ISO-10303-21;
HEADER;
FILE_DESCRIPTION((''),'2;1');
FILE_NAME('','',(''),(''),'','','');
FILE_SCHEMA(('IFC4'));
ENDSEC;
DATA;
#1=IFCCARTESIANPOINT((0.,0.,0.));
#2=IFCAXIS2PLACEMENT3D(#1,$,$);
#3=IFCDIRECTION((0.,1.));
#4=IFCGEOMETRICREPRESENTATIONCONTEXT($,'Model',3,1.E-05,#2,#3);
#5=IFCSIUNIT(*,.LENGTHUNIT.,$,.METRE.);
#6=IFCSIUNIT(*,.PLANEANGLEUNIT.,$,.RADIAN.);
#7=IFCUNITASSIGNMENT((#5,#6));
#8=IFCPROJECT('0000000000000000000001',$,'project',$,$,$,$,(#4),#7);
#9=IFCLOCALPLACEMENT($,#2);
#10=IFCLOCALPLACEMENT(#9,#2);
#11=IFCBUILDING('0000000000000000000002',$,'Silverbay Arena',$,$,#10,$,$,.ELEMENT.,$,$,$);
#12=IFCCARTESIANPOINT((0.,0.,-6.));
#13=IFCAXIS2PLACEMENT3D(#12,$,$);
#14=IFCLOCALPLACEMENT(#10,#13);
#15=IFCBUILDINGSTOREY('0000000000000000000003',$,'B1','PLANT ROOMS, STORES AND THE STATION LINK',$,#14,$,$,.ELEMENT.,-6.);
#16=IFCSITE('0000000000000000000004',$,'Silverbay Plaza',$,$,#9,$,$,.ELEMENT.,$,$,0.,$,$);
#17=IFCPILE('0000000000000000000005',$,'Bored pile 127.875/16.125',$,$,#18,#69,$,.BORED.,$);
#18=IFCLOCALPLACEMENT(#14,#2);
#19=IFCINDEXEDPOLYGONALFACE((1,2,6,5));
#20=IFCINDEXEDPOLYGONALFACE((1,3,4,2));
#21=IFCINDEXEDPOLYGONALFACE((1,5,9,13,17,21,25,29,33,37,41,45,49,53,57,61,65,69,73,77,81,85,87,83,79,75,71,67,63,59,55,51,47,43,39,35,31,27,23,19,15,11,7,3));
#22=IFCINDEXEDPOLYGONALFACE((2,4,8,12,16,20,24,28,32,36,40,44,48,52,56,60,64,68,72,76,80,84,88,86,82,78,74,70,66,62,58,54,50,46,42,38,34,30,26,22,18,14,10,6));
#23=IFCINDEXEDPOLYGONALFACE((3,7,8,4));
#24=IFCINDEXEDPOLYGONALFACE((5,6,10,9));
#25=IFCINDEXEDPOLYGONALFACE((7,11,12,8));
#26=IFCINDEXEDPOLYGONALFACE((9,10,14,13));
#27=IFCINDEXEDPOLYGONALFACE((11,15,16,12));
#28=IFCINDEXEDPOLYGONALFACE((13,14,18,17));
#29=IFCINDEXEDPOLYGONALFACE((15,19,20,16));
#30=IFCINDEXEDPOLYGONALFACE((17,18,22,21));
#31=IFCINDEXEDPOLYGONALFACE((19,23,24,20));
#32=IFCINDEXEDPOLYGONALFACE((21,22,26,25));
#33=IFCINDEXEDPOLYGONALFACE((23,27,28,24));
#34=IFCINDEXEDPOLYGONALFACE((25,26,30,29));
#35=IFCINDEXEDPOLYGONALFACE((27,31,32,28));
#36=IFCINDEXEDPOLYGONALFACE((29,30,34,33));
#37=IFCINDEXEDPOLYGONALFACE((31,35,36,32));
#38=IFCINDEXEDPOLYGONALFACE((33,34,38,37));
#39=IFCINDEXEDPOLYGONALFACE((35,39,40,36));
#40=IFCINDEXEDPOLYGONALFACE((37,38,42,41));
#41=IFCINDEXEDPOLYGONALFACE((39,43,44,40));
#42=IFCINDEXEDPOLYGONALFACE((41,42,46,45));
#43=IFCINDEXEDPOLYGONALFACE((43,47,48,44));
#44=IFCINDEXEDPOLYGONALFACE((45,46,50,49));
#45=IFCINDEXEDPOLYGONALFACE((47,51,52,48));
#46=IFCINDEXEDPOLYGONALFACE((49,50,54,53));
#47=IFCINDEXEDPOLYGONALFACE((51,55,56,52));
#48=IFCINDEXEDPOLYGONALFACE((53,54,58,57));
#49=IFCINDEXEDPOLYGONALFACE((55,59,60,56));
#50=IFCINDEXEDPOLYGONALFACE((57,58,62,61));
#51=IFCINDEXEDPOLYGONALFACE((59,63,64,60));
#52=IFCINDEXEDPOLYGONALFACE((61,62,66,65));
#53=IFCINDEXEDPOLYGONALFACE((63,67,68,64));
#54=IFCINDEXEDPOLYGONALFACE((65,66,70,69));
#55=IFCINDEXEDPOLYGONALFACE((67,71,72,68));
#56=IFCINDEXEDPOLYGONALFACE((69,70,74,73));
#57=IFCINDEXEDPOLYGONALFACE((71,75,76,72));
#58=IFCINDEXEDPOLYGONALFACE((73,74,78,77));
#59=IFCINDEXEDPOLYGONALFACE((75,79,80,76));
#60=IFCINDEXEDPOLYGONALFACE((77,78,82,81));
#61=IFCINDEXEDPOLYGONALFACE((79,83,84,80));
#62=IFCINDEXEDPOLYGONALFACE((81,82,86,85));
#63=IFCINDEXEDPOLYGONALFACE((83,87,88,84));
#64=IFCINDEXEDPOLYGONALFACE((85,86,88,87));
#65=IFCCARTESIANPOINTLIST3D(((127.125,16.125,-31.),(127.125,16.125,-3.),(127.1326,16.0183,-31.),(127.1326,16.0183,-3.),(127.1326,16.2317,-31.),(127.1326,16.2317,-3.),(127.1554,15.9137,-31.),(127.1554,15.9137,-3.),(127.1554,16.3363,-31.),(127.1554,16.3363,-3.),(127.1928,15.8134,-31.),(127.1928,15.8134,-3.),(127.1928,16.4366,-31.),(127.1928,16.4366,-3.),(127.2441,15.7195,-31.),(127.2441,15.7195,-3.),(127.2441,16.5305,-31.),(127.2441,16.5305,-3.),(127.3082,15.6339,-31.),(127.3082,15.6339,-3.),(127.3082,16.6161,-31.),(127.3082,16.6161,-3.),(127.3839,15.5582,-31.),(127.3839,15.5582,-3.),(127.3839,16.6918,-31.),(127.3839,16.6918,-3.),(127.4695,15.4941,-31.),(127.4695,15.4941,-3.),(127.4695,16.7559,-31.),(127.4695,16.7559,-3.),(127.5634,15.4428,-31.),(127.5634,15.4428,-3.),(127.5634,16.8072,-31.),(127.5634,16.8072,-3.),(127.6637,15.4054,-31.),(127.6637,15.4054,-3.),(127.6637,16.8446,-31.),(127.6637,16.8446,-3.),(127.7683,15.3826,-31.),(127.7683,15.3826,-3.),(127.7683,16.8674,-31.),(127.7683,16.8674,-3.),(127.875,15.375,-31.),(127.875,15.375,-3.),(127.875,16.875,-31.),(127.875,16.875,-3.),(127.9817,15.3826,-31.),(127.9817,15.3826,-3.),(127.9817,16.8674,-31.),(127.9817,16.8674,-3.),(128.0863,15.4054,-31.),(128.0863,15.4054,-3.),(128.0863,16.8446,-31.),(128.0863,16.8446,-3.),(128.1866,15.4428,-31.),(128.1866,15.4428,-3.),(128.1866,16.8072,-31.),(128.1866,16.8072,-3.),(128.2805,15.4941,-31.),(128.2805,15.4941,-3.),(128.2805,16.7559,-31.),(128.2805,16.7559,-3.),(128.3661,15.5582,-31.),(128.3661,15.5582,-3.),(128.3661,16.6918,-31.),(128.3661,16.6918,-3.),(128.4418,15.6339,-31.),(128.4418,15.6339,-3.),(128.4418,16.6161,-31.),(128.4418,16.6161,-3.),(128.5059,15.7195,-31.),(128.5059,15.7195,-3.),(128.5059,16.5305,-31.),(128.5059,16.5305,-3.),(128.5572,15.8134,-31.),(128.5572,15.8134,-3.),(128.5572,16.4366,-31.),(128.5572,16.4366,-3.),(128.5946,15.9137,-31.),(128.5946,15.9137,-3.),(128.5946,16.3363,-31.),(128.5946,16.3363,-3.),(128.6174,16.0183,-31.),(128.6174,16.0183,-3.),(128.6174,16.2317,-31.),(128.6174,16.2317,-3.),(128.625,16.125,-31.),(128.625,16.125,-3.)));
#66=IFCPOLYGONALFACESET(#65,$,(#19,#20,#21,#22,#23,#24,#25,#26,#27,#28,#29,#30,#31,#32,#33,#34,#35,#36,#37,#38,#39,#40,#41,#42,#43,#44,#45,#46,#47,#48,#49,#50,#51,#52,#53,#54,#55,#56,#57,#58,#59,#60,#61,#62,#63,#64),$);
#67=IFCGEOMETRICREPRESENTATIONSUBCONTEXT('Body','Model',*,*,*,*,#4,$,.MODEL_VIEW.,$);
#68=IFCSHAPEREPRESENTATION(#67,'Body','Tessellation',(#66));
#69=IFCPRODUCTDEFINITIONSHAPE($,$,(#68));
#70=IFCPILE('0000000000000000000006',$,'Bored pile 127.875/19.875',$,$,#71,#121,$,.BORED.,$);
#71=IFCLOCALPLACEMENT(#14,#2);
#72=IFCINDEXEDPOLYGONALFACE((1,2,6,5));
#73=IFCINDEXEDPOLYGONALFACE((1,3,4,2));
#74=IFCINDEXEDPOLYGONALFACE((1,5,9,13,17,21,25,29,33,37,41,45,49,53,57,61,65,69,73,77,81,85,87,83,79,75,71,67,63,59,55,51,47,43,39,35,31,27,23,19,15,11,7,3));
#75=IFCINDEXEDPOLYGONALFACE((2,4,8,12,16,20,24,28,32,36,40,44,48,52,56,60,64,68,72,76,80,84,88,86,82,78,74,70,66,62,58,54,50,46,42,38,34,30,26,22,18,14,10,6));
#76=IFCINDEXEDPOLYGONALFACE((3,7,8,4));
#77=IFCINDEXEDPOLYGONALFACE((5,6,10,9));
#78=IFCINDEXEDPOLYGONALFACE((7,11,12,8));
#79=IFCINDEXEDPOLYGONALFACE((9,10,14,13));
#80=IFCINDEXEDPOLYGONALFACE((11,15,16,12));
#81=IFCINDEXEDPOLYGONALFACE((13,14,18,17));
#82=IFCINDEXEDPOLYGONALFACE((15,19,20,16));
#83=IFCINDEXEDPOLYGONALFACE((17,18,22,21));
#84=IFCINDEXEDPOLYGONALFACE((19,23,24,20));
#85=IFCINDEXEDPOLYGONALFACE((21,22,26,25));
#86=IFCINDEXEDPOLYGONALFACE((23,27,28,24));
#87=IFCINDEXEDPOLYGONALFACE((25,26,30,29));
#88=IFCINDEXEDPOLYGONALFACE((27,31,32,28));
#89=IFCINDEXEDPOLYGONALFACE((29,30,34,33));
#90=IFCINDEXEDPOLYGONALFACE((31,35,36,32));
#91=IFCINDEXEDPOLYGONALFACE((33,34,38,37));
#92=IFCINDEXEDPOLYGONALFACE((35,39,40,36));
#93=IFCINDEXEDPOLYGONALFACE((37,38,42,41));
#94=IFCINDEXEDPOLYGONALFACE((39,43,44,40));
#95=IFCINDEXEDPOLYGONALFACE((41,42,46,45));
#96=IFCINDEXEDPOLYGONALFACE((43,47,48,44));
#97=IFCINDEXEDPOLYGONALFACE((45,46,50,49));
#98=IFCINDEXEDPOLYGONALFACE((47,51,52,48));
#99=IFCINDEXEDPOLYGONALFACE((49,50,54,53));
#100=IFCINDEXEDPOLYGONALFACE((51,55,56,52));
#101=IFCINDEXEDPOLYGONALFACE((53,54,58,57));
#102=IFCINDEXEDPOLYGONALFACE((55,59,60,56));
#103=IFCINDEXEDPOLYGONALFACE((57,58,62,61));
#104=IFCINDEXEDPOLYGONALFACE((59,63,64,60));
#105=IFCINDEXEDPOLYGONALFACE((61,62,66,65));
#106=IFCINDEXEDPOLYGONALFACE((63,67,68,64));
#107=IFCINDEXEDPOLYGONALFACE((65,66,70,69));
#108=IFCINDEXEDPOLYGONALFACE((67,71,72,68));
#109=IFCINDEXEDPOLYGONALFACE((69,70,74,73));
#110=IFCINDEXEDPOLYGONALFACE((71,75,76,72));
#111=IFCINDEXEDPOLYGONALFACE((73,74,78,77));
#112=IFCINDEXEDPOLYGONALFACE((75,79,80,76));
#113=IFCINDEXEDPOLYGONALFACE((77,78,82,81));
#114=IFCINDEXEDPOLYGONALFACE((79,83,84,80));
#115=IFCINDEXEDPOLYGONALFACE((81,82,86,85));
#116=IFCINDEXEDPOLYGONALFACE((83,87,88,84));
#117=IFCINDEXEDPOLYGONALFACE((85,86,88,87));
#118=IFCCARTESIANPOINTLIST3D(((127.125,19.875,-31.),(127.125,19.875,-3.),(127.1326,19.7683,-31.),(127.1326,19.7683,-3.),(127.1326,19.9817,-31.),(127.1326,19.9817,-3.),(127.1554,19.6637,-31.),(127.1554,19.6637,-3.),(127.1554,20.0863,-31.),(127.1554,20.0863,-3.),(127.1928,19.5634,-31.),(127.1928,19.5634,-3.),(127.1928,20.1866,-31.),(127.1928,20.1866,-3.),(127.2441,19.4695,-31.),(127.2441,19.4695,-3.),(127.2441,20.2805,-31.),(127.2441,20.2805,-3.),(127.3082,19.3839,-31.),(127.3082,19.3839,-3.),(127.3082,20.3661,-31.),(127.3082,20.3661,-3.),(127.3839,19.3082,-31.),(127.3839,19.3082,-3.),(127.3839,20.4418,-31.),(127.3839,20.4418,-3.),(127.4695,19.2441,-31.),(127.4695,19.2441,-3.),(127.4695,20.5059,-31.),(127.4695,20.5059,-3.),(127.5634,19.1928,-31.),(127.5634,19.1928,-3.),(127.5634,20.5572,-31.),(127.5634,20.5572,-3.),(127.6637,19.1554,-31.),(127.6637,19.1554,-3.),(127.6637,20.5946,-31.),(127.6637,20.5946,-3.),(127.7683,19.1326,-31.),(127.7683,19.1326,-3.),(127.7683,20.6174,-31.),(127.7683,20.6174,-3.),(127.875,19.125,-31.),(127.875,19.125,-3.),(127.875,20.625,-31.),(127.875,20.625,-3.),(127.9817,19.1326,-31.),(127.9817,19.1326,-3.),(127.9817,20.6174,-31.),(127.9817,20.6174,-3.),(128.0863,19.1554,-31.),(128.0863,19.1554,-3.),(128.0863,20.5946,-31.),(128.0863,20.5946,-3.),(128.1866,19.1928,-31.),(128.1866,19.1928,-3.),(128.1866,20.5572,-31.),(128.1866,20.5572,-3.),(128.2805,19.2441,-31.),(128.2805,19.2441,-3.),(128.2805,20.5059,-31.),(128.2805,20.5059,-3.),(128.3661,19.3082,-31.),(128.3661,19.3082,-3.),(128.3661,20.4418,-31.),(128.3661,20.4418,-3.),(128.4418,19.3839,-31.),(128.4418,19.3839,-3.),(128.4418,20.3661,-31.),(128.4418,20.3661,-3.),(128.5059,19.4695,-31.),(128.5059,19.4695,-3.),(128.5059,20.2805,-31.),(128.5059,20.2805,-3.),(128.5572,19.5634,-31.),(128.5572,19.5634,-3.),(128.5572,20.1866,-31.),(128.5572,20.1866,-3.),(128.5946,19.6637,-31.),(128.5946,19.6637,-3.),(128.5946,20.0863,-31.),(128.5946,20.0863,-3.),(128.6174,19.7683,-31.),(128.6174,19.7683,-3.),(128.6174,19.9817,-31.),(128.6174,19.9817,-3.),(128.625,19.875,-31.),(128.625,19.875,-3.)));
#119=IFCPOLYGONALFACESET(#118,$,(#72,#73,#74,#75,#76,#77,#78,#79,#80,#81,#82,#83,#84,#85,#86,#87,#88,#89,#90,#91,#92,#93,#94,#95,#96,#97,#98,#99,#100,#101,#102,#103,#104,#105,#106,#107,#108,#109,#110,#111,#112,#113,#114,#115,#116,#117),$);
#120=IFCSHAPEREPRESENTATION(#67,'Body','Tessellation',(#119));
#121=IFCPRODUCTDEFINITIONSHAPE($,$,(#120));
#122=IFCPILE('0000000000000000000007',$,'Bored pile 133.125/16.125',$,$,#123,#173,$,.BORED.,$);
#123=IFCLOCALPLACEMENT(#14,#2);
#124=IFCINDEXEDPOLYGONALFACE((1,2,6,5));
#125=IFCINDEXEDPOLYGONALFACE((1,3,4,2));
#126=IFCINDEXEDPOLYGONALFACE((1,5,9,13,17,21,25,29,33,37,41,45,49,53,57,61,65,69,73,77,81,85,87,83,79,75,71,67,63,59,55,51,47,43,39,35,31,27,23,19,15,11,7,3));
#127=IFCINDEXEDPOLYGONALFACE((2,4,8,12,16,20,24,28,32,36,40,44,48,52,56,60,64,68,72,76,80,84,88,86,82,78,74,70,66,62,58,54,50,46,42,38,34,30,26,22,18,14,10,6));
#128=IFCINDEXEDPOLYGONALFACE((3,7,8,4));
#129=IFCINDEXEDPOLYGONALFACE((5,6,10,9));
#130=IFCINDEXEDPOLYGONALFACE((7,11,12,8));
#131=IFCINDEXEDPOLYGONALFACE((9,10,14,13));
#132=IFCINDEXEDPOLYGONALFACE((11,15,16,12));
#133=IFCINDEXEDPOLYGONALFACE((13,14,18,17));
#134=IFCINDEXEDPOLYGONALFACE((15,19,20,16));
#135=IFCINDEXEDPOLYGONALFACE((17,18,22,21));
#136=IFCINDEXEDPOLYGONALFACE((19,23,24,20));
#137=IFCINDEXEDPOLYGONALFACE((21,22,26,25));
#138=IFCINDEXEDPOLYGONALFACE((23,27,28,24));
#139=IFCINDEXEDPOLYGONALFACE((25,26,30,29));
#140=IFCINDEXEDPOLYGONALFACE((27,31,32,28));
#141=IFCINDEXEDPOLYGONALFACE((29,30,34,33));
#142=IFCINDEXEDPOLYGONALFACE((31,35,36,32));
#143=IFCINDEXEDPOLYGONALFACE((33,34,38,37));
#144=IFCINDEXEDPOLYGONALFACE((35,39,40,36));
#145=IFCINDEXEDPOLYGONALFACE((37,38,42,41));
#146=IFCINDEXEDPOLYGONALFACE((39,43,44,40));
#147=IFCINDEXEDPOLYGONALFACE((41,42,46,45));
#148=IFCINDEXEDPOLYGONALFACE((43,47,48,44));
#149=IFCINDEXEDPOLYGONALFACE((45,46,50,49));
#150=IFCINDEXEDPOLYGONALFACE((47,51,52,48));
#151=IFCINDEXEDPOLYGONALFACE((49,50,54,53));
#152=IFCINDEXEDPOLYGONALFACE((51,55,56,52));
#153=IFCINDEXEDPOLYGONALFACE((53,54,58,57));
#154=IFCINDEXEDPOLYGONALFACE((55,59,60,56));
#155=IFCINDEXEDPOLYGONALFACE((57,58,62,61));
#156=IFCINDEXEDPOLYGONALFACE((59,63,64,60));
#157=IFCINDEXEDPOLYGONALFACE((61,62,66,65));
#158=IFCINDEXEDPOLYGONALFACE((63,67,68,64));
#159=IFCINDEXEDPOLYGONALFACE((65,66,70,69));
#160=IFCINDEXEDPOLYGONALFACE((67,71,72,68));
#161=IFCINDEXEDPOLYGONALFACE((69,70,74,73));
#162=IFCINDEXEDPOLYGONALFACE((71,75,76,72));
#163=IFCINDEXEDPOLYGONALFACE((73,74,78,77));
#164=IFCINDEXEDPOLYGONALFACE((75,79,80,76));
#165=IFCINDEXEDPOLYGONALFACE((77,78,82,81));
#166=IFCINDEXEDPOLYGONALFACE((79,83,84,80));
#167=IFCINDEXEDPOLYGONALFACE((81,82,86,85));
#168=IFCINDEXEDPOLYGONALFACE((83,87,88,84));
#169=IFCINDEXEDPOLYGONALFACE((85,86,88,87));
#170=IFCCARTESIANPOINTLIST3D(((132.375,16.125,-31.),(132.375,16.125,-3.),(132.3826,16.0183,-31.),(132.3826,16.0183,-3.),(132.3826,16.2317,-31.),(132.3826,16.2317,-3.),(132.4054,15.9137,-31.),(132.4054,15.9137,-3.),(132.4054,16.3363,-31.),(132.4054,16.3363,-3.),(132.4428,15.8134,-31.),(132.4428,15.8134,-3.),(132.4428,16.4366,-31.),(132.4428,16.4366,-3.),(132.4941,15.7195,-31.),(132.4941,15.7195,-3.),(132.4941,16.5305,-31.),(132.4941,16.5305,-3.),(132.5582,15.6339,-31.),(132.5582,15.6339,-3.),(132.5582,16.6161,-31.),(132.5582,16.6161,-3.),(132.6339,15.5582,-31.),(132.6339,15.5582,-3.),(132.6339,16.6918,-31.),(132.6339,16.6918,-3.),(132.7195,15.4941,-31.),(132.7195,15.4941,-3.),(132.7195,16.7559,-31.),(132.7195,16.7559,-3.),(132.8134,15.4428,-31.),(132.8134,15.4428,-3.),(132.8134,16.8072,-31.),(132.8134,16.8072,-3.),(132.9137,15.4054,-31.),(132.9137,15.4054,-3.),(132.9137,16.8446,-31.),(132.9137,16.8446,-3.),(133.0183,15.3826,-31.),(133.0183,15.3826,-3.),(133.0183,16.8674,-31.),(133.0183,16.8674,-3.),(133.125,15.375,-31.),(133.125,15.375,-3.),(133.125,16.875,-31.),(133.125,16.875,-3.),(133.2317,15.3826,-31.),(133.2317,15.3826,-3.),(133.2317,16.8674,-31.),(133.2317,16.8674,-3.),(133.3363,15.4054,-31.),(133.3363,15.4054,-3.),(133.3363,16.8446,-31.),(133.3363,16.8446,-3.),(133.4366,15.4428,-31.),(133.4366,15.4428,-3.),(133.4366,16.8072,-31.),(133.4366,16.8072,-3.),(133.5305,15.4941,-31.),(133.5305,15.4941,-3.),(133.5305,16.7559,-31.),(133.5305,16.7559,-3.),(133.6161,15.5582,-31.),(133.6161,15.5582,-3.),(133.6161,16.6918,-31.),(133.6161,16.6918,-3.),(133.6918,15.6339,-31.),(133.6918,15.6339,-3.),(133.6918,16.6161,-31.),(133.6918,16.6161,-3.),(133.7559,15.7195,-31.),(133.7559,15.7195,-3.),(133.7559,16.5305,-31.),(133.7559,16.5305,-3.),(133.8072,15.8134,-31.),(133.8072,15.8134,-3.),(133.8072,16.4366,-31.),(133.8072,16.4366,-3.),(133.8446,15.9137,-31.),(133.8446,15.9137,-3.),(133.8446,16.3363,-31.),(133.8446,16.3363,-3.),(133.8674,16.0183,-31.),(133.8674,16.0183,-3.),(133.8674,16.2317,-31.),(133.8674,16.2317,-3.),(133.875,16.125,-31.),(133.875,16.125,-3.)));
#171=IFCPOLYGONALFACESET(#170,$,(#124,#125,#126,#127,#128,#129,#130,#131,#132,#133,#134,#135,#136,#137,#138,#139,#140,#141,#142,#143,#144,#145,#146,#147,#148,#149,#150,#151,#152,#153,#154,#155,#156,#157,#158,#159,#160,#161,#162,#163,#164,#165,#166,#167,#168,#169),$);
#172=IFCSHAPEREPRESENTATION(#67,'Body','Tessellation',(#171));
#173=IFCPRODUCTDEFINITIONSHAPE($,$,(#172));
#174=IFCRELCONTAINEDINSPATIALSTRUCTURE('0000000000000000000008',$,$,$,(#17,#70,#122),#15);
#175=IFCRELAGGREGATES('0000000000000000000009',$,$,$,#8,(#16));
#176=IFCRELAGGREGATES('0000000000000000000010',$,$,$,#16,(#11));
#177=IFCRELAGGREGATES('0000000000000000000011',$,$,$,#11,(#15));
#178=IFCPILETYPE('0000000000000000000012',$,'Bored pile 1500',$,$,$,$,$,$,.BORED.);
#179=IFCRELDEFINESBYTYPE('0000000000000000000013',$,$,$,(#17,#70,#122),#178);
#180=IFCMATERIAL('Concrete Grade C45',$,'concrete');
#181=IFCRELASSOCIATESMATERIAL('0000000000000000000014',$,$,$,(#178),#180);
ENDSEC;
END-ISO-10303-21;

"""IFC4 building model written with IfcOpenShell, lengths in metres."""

from ifc_helpers import new_model, si_unit, direction, frame, origin, origin_2d, place, context, subcontext, project, spatial, circle, extrude, material, material_profile, profile_set, type_object, element, save


model = new_model("IFC4")

# Units and contexts
model_context = context("Model", 3, precision=1e-05, world=origin(), true_north=direction((0.0, 1.0)))
body_context = subcontext(model_context, "Body", "Model", "MODEL_VIEW")
ifc_project = project(units=[si_unit("LENGTHUNIT", "METRE"), si_unit("PLANEANGLEUNIT", "RADIAN")], contexts=[model_context])

# Site, building, storey
site_placement = place(None, origin())
site = spatial("IfcSite", under=ifc_project, at=site_placement, Name="Silverbay Plaza", CompositionType="ELEMENT", RefElevation=0.0)
building_placement = place(site_placement, origin())
building = spatial("IfcBuilding", under=site, at=building_placement, Name="Silverbay Arena", CompositionType="ELEMENT")
storey_placement = place(building_placement, frame((0.0, 0.0, -6.0)))
storey = spatial("IfcBuildingStorey", under=building, at=storey_placement, Name="B1", Description="PLANT ROOMS, STORES AND THE STATION LINK", CompositionType="ELEMENT", Elevation=-6.0)

# Piles
ifc_material_1 = material(Name="Concrete Grade C45", Category="concrete")
ifc_material_profile_1 = material_profile(ifc_material_1, circle(Radius=0.75, at=origin_2d()), Name="Bored pile 1500")
ifc_profile_set_1 = profile_set([ifc_material_profile_1], Name="Concrete Grade C45")
pile_type_1 = type_object("IfcPileType", Name="Bored pile 1500", PredefinedType="BORED", material=ifc_profile_set_1)
for number, where, z_axis, x_axis, name in (
    (1, (127.875, 16.125, -3.0), (0.0, 0.0, -1.0), (1.0, 0.0, 0.0), "Bored pile 127.875/16.125"),
    (2, (127.875, 19.875, -3.0), (0.0, 0.0, -1.0), (1.0, 0.0, 0.0), "Bored pile 127.875/19.875"),
    (3, (133.125, 16.125, -3.0), (0.0, 0.0, -1.0), (1.0, 0.0, 0.0), "Bored pile 133.125/16.125"),
):
    element("IfcPile", number, at=place(storey_placement, frame(where, z_axis=z_axis, x_axis=x_axis)), inside=storey, type_object=pile_type_1, Name=name, PredefinedType="BORED", context=body_context, shape_type="SweptSolid", body=[
        extrude(circle(Radius=0.75, at=origin_2d()), origin(), (0.0, 0.0, 1.0), 28.0),
    ])

save(model, "model.ifc")
